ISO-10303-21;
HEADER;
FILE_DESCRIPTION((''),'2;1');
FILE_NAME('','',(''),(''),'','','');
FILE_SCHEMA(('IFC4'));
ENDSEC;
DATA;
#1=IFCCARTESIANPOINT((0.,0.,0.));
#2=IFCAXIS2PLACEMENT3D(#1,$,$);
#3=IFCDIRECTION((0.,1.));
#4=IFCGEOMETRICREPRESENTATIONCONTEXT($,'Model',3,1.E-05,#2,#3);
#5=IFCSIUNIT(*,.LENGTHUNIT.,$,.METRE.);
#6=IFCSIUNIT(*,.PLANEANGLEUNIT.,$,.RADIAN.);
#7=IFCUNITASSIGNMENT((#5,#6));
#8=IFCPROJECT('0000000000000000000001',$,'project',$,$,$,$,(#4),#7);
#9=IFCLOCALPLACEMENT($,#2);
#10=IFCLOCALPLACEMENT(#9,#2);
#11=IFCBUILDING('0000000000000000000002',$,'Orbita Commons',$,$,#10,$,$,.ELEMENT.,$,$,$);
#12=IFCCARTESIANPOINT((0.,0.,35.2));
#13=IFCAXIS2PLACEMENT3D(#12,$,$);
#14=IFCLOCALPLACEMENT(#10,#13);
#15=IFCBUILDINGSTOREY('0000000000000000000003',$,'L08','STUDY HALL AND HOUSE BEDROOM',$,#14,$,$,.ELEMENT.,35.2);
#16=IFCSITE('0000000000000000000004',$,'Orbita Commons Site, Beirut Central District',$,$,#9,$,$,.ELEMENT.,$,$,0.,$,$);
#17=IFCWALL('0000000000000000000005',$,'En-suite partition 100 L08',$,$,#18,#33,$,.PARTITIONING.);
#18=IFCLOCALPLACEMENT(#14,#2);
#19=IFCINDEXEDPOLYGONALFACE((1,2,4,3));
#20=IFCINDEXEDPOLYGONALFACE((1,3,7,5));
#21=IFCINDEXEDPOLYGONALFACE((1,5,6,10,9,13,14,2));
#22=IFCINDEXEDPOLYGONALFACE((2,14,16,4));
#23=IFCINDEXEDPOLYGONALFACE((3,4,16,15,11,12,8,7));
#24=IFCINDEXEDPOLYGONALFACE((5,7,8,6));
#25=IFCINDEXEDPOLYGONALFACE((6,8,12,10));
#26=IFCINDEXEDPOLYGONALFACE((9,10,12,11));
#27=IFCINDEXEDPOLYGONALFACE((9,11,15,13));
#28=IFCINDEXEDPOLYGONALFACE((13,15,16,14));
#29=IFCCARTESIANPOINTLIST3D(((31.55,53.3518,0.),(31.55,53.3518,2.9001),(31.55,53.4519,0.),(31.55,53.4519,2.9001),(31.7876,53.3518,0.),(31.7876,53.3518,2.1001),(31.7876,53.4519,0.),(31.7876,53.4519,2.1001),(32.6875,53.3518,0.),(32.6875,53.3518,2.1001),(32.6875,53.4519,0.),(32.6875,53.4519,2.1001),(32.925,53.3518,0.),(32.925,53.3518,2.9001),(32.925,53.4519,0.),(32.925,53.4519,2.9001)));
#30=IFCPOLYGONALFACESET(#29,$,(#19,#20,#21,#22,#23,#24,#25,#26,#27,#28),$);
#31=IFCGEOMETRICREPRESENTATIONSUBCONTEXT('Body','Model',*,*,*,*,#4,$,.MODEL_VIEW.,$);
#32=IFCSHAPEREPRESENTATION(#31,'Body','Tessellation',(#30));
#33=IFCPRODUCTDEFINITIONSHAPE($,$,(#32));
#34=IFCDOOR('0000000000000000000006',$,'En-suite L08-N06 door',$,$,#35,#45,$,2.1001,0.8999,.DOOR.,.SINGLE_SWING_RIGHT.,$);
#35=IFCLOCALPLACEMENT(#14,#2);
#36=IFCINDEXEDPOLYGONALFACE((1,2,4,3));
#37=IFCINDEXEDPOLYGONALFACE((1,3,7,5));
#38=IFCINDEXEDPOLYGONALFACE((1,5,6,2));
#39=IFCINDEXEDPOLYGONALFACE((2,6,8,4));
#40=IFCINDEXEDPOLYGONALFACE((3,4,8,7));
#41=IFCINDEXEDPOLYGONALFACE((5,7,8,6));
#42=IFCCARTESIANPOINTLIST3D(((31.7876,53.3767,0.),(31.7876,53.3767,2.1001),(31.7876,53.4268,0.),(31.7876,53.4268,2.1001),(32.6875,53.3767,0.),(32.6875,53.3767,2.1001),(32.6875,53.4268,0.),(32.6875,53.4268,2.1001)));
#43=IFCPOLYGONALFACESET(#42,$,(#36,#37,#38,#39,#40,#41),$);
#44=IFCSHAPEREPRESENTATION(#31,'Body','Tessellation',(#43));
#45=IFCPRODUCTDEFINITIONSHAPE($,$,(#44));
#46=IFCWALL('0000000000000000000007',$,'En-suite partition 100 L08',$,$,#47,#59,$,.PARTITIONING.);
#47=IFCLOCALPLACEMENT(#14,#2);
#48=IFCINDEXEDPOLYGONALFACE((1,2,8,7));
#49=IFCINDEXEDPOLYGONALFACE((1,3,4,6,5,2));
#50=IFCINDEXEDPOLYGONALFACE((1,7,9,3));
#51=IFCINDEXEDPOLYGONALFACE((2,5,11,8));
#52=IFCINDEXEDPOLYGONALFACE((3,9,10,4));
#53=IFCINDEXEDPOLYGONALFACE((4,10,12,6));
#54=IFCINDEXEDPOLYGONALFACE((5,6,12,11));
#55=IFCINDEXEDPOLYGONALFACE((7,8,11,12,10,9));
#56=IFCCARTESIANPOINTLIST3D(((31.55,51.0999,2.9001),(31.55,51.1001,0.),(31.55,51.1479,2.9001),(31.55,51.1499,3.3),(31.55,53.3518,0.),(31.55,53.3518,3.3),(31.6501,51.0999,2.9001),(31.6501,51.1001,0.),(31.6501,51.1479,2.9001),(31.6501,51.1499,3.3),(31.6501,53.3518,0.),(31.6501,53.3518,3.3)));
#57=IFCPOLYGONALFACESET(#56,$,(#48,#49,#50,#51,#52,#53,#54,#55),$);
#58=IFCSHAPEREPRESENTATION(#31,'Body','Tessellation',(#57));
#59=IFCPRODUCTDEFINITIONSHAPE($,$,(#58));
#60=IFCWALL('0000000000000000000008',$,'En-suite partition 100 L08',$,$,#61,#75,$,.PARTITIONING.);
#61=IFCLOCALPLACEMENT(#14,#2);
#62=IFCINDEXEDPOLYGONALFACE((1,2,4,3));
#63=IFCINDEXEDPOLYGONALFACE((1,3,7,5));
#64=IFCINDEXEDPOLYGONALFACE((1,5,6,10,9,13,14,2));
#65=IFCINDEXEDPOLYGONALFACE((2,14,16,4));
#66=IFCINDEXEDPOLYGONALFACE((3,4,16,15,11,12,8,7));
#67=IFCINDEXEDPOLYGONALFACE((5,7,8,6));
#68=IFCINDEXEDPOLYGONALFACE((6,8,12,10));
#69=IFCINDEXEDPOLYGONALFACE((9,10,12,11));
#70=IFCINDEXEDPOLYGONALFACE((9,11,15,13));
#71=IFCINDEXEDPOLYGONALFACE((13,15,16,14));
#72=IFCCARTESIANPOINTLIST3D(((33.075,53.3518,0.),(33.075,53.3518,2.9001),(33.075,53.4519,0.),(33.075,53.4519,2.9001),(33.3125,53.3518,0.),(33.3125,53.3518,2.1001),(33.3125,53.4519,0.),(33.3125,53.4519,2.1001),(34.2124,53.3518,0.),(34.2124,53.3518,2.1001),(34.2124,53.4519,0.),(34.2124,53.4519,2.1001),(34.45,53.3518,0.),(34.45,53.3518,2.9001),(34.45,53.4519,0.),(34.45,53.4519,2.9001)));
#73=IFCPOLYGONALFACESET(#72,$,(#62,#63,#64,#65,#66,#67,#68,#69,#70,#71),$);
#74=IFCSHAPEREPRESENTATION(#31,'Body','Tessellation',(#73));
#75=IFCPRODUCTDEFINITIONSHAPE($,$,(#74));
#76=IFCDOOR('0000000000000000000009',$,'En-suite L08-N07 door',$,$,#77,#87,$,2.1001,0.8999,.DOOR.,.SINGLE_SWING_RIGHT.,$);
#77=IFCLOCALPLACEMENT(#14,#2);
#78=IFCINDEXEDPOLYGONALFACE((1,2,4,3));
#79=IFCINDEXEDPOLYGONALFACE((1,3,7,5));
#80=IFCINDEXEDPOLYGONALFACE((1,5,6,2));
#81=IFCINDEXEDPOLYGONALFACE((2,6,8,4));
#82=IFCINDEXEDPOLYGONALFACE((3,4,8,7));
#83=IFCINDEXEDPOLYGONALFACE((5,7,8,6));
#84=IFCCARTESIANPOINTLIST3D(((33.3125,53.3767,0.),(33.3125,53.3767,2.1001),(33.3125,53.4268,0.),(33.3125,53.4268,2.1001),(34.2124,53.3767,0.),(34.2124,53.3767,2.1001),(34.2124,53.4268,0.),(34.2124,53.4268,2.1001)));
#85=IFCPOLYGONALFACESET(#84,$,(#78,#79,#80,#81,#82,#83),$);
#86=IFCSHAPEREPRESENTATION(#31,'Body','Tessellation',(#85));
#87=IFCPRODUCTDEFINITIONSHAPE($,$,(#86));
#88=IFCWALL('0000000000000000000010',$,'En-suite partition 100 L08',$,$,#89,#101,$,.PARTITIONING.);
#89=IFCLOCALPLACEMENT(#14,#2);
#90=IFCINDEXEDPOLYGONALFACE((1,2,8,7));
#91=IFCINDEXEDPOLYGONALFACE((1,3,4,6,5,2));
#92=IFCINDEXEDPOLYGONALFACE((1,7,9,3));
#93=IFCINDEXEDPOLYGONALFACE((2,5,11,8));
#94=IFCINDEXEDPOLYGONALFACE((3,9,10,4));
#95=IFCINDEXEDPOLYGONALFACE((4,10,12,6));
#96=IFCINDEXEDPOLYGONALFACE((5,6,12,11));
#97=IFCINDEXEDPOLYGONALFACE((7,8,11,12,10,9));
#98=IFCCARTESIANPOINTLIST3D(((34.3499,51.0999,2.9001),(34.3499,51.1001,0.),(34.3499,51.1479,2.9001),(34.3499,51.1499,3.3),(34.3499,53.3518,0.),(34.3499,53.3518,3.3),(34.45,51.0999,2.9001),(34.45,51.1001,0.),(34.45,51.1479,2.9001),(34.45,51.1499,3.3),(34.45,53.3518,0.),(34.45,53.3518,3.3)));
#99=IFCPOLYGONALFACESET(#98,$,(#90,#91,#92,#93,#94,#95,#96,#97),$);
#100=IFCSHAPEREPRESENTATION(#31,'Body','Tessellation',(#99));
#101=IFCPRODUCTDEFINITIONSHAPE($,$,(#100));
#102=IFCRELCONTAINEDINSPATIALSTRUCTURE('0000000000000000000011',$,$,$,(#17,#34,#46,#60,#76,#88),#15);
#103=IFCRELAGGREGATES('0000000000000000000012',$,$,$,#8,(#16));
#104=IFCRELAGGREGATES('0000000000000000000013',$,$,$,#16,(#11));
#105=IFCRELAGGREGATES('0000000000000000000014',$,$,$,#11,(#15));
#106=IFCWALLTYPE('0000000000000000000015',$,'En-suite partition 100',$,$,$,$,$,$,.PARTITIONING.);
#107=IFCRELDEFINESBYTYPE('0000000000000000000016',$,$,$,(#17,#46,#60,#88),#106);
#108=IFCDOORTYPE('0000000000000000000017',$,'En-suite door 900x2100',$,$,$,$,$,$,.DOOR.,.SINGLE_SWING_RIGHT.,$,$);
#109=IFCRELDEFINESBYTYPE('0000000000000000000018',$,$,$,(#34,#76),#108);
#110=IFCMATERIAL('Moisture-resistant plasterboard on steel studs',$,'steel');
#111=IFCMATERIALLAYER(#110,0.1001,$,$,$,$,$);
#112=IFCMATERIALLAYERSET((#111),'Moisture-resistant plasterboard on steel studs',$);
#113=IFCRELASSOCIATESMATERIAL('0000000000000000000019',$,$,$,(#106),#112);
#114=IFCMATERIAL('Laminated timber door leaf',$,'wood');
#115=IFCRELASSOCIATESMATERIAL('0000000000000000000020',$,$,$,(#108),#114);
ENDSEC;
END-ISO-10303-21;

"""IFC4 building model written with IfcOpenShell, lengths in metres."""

from ifc_helpers import new_model, si_unit, direction, frame, frame_2d, origin, place, context, subcontext, project, spatial, polyline, rectangle, outline, extrude, material, layer, layer_set, type_object, element, fill, save


model = new_model("IFC4")

# Units and contexts
model_context = context("Model", 3, precision=1e-05, world=origin(), true_north=direction((0.0, 1.0)))
body_context = subcontext(model_context, "Body", "Model", "MODEL_VIEW")
ifc_project = project(units=[si_unit("LENGTHUNIT", "METRE"), si_unit("PLANEANGLEUNIT", "RADIAN")], contexts=[model_context])

# Site, building, storey
site_placement = place(None, origin())
site = spatial("IfcSite", under=ifc_project, at=site_placement, Name="Orbita Commons Site, Beirut Central District", CompositionType="ELEMENT", RefElevation=0.0)
building_placement = place(site_placement, origin())
building = spatial("IfcBuilding", under=site, at=building_placement, Name="Orbita Commons", CompositionType="ELEMENT")
storey_placement = place(building_placement, frame((0.0, 0.0, 35.2)))
storey = spatial("IfcBuildingStorey", under=building, at=storey_placement, Name="L08", Description="STUDY HALL AND HOUSE BEDROOM", CompositionType="ELEMENT", Elevation=35.2)

# Shared definitions
ifc_material_1 = material(Name="Moisture-resistant plasterboard on steel studs", Category="steel")
ifc_layer_1 = layer(ifc_material_1, 0.1001)
ifc_layer_set_1 = layer_set([ifc_layer_1], Name="Moisture-resistant plasterboard on steel studs")
wall_type_1 = type_object("IfcWallType", Name="En-suite partition 100", PredefinedType="PARTITIONING", material=ifc_layer_set_1)
ifc_material_2 = material(Name="Laminated timber door leaf", Category="wood")
door_type_1 = type_object("IfcDoorType", Name="En-suite door 900x2100", OperationType="SINGLE_SWING_RIGHT", PredefinedType="DOOR", material=ifc_material_2)

# Wall, opening, door
wall_1_placement = place(storey_placement, frame((31.55, 53.4019, 0.0), z_axis=(0.0, 0.0, 1.0), x_axis=(1.0, 0.0, 0.0)))
wall_1 = element("IfcWall", 1, at=wall_1_placement, inside=storey, type_object=wall_type_1, Name="En-suite partition 100 L08", PredefinedType="PARTITIONING", context=body_context, shape_type="SweptSolid", body=[
    extrude(outline(polyline([(0.0, 0.0), (1.375, 0.0), (1.375, 2.9001), (0.0, 2.9001), (0.0, 0.0)])), frame((0.0, 0.05, 0.0), z_axis=(0.0, -1.0, 0.0), x_axis=(1.0, 0.0, 0.0)), (0.0, 0.0, 1.0), 0.1001),
])
opening_1_placement = place(wall_1_placement, frame((0.2375, 0.0, 0.0)))
opening_1 = element("IfcOpeningElement", 2, at=opening_1_placement, cuts=wall_1, PredefinedType="OPENING", context=body_context, shape_type="SweptSolid", body=[
    extrude(rectangle(XDim=0.8999, YDim=2.1001, at=frame_2d((0.45, 1.05))), frame((0.0, 0.0601, 0.0), z_axis=(0.0, -1.0, 0.0), x_axis=(1.0, 0.0, 0.0)), (0.0, 0.0, 1.0), 0.1201),
])
door_1_placement = place(opening_1_placement, origin())
door_1 = element("IfcDoor", 3, at=door_1_placement, inside=storey, type_object=door_type_1, Name="En-suite L08-N06 door", OperationType="SINGLE_SWING_RIGHT", OverallHeight=2.1001, OverallWidth=0.8999, PredefinedType="DOOR", context=body_context, shape_type="SweptSolid", body=[
    extrude(rectangle(XDim=0.8999, YDim=2.1001, at=frame_2d((0.45, 1.05))), frame((0.0, 0.0249, 0.0), z_axis=(0.0, -1.0, 0.0), x_axis=(1.0, 0.0, 0.0)), (0.0, 0.0, 1.0), 0.05),
])
fill(opening_1, door_1)

# Wall
wall_2_placement = place(storey_placement, frame((31.6001, 53.3518, 0.0), z_axis=(0.0, 0.0, 1.0), x_axis=(0.0, -1.0, 0.0)))
element("IfcWall", 4, at=wall_2_placement, inside=storey, type_object=wall_type_1, Name="En-suite partition 100 L08", PredefinedType="PARTITIONING", context=body_context, shape_type="SweptSolid", body=[
    extrude(outline(polyline([(0.0, 0.0), (2.2517, 0.0), (2.252, 2.9001), (2.2039, 2.9001), (2.2019, 3.3), (0.0, 3.3), (0.0, 0.0)])), frame((0.0, 0.05, 0.0), z_axis=(0.0, -1.0, 0.0), x_axis=(1.0, 0.0, 0.0)), (0.0, 0.0, 1.0), 0.1001),
])

# Wall, opening, door
wall_3_placement = place(storey_placement, frame((33.075, 53.4019, 0.0), z_axis=(0.0, 0.0, 1.0), x_axis=(1.0, 0.0, 0.0)))
wall_3 = element("IfcWall", 5, at=wall_3_placement, inside=storey, type_object=wall_type_1, Name="En-suite partition 100 L08", PredefinedType="PARTITIONING", context=body_context, shape_type="SweptSolid", body=[
    extrude(outline(polyline([(0.0, 0.0), (1.375, 0.0), (1.375, 2.9001), (0.0, 2.9001), (0.0, 0.0)])), frame((0.0, 0.05, 0.0), z_axis=(0.0, -1.0, 0.0), x_axis=(1.0, 0.0, 0.0)), (0.0, 0.0, 1.0), 0.1001),
])
opening_2_placement = place(wall_3_placement, frame((0.2375, 0.0, 0.0)))
opening_2 = element("IfcOpeningElement", 6, at=opening_2_placement, cuts=wall_3, PredefinedType="OPENING", context=body_context, shape_type="SweptSolid", body=[
    extrude(rectangle(XDim=0.8999, YDim=2.1001, at=frame_2d((0.45, 1.05))), frame((0.0, 0.0601, 0.0), z_axis=(0.0, -1.0, 0.0), x_axis=(1.0, 0.0, 0.0)), (0.0, 0.0, 1.0), 0.1201),
])
door_2_placement = place(opening_2_placement, origin())
door_2 = element("IfcDoor", 7, at=door_2_placement, inside=storey, type_object=door_type_1, Name="En-suite L08-N07 door", OperationType="SINGLE_SWING_RIGHT", OverallHeight=2.1001, OverallWidth=0.8999, PredefinedType="DOOR", context=body_context, shape_type="SweptSolid", body=[
    extrude(rectangle(XDim=0.8999, YDim=2.1001, at=frame_2d((0.45, 1.05))), frame((0.0, 0.0249, 0.0), z_axis=(0.0, -1.0, 0.0), x_axis=(1.0, 0.0, 0.0)), (0.0, 0.0, 1.0), 0.05),
])
fill(opening_2, door_2)

# Wall
wall_4_placement = place(storey_placement, frame((34.3999, 53.3518, 0.0), z_axis=(0.0, 0.0, 1.0), x_axis=(0.0, -1.0, 0.0)))
element("IfcWall", 8, at=wall_4_placement, inside=storey, type_object=wall_type_1, Name="En-suite partition 100 L08", PredefinedType="PARTITIONING", context=body_context, shape_type="SweptSolid", body=[
    extrude(outline(polyline([(0.0, 0.0), (2.2517, 0.0), (2.252, 2.9001), (2.2039, 2.9001), (2.2019, 3.3), (0.0, 3.3), (0.0, 0.0)])), frame((0.0, 0.05, 0.0), z_axis=(0.0, -1.0, 0.0), x_axis=(1.0, 0.0, 0.0)), (0.0, 0.0, 1.0), 0.1001),
])

save(model, "model.ifc")
